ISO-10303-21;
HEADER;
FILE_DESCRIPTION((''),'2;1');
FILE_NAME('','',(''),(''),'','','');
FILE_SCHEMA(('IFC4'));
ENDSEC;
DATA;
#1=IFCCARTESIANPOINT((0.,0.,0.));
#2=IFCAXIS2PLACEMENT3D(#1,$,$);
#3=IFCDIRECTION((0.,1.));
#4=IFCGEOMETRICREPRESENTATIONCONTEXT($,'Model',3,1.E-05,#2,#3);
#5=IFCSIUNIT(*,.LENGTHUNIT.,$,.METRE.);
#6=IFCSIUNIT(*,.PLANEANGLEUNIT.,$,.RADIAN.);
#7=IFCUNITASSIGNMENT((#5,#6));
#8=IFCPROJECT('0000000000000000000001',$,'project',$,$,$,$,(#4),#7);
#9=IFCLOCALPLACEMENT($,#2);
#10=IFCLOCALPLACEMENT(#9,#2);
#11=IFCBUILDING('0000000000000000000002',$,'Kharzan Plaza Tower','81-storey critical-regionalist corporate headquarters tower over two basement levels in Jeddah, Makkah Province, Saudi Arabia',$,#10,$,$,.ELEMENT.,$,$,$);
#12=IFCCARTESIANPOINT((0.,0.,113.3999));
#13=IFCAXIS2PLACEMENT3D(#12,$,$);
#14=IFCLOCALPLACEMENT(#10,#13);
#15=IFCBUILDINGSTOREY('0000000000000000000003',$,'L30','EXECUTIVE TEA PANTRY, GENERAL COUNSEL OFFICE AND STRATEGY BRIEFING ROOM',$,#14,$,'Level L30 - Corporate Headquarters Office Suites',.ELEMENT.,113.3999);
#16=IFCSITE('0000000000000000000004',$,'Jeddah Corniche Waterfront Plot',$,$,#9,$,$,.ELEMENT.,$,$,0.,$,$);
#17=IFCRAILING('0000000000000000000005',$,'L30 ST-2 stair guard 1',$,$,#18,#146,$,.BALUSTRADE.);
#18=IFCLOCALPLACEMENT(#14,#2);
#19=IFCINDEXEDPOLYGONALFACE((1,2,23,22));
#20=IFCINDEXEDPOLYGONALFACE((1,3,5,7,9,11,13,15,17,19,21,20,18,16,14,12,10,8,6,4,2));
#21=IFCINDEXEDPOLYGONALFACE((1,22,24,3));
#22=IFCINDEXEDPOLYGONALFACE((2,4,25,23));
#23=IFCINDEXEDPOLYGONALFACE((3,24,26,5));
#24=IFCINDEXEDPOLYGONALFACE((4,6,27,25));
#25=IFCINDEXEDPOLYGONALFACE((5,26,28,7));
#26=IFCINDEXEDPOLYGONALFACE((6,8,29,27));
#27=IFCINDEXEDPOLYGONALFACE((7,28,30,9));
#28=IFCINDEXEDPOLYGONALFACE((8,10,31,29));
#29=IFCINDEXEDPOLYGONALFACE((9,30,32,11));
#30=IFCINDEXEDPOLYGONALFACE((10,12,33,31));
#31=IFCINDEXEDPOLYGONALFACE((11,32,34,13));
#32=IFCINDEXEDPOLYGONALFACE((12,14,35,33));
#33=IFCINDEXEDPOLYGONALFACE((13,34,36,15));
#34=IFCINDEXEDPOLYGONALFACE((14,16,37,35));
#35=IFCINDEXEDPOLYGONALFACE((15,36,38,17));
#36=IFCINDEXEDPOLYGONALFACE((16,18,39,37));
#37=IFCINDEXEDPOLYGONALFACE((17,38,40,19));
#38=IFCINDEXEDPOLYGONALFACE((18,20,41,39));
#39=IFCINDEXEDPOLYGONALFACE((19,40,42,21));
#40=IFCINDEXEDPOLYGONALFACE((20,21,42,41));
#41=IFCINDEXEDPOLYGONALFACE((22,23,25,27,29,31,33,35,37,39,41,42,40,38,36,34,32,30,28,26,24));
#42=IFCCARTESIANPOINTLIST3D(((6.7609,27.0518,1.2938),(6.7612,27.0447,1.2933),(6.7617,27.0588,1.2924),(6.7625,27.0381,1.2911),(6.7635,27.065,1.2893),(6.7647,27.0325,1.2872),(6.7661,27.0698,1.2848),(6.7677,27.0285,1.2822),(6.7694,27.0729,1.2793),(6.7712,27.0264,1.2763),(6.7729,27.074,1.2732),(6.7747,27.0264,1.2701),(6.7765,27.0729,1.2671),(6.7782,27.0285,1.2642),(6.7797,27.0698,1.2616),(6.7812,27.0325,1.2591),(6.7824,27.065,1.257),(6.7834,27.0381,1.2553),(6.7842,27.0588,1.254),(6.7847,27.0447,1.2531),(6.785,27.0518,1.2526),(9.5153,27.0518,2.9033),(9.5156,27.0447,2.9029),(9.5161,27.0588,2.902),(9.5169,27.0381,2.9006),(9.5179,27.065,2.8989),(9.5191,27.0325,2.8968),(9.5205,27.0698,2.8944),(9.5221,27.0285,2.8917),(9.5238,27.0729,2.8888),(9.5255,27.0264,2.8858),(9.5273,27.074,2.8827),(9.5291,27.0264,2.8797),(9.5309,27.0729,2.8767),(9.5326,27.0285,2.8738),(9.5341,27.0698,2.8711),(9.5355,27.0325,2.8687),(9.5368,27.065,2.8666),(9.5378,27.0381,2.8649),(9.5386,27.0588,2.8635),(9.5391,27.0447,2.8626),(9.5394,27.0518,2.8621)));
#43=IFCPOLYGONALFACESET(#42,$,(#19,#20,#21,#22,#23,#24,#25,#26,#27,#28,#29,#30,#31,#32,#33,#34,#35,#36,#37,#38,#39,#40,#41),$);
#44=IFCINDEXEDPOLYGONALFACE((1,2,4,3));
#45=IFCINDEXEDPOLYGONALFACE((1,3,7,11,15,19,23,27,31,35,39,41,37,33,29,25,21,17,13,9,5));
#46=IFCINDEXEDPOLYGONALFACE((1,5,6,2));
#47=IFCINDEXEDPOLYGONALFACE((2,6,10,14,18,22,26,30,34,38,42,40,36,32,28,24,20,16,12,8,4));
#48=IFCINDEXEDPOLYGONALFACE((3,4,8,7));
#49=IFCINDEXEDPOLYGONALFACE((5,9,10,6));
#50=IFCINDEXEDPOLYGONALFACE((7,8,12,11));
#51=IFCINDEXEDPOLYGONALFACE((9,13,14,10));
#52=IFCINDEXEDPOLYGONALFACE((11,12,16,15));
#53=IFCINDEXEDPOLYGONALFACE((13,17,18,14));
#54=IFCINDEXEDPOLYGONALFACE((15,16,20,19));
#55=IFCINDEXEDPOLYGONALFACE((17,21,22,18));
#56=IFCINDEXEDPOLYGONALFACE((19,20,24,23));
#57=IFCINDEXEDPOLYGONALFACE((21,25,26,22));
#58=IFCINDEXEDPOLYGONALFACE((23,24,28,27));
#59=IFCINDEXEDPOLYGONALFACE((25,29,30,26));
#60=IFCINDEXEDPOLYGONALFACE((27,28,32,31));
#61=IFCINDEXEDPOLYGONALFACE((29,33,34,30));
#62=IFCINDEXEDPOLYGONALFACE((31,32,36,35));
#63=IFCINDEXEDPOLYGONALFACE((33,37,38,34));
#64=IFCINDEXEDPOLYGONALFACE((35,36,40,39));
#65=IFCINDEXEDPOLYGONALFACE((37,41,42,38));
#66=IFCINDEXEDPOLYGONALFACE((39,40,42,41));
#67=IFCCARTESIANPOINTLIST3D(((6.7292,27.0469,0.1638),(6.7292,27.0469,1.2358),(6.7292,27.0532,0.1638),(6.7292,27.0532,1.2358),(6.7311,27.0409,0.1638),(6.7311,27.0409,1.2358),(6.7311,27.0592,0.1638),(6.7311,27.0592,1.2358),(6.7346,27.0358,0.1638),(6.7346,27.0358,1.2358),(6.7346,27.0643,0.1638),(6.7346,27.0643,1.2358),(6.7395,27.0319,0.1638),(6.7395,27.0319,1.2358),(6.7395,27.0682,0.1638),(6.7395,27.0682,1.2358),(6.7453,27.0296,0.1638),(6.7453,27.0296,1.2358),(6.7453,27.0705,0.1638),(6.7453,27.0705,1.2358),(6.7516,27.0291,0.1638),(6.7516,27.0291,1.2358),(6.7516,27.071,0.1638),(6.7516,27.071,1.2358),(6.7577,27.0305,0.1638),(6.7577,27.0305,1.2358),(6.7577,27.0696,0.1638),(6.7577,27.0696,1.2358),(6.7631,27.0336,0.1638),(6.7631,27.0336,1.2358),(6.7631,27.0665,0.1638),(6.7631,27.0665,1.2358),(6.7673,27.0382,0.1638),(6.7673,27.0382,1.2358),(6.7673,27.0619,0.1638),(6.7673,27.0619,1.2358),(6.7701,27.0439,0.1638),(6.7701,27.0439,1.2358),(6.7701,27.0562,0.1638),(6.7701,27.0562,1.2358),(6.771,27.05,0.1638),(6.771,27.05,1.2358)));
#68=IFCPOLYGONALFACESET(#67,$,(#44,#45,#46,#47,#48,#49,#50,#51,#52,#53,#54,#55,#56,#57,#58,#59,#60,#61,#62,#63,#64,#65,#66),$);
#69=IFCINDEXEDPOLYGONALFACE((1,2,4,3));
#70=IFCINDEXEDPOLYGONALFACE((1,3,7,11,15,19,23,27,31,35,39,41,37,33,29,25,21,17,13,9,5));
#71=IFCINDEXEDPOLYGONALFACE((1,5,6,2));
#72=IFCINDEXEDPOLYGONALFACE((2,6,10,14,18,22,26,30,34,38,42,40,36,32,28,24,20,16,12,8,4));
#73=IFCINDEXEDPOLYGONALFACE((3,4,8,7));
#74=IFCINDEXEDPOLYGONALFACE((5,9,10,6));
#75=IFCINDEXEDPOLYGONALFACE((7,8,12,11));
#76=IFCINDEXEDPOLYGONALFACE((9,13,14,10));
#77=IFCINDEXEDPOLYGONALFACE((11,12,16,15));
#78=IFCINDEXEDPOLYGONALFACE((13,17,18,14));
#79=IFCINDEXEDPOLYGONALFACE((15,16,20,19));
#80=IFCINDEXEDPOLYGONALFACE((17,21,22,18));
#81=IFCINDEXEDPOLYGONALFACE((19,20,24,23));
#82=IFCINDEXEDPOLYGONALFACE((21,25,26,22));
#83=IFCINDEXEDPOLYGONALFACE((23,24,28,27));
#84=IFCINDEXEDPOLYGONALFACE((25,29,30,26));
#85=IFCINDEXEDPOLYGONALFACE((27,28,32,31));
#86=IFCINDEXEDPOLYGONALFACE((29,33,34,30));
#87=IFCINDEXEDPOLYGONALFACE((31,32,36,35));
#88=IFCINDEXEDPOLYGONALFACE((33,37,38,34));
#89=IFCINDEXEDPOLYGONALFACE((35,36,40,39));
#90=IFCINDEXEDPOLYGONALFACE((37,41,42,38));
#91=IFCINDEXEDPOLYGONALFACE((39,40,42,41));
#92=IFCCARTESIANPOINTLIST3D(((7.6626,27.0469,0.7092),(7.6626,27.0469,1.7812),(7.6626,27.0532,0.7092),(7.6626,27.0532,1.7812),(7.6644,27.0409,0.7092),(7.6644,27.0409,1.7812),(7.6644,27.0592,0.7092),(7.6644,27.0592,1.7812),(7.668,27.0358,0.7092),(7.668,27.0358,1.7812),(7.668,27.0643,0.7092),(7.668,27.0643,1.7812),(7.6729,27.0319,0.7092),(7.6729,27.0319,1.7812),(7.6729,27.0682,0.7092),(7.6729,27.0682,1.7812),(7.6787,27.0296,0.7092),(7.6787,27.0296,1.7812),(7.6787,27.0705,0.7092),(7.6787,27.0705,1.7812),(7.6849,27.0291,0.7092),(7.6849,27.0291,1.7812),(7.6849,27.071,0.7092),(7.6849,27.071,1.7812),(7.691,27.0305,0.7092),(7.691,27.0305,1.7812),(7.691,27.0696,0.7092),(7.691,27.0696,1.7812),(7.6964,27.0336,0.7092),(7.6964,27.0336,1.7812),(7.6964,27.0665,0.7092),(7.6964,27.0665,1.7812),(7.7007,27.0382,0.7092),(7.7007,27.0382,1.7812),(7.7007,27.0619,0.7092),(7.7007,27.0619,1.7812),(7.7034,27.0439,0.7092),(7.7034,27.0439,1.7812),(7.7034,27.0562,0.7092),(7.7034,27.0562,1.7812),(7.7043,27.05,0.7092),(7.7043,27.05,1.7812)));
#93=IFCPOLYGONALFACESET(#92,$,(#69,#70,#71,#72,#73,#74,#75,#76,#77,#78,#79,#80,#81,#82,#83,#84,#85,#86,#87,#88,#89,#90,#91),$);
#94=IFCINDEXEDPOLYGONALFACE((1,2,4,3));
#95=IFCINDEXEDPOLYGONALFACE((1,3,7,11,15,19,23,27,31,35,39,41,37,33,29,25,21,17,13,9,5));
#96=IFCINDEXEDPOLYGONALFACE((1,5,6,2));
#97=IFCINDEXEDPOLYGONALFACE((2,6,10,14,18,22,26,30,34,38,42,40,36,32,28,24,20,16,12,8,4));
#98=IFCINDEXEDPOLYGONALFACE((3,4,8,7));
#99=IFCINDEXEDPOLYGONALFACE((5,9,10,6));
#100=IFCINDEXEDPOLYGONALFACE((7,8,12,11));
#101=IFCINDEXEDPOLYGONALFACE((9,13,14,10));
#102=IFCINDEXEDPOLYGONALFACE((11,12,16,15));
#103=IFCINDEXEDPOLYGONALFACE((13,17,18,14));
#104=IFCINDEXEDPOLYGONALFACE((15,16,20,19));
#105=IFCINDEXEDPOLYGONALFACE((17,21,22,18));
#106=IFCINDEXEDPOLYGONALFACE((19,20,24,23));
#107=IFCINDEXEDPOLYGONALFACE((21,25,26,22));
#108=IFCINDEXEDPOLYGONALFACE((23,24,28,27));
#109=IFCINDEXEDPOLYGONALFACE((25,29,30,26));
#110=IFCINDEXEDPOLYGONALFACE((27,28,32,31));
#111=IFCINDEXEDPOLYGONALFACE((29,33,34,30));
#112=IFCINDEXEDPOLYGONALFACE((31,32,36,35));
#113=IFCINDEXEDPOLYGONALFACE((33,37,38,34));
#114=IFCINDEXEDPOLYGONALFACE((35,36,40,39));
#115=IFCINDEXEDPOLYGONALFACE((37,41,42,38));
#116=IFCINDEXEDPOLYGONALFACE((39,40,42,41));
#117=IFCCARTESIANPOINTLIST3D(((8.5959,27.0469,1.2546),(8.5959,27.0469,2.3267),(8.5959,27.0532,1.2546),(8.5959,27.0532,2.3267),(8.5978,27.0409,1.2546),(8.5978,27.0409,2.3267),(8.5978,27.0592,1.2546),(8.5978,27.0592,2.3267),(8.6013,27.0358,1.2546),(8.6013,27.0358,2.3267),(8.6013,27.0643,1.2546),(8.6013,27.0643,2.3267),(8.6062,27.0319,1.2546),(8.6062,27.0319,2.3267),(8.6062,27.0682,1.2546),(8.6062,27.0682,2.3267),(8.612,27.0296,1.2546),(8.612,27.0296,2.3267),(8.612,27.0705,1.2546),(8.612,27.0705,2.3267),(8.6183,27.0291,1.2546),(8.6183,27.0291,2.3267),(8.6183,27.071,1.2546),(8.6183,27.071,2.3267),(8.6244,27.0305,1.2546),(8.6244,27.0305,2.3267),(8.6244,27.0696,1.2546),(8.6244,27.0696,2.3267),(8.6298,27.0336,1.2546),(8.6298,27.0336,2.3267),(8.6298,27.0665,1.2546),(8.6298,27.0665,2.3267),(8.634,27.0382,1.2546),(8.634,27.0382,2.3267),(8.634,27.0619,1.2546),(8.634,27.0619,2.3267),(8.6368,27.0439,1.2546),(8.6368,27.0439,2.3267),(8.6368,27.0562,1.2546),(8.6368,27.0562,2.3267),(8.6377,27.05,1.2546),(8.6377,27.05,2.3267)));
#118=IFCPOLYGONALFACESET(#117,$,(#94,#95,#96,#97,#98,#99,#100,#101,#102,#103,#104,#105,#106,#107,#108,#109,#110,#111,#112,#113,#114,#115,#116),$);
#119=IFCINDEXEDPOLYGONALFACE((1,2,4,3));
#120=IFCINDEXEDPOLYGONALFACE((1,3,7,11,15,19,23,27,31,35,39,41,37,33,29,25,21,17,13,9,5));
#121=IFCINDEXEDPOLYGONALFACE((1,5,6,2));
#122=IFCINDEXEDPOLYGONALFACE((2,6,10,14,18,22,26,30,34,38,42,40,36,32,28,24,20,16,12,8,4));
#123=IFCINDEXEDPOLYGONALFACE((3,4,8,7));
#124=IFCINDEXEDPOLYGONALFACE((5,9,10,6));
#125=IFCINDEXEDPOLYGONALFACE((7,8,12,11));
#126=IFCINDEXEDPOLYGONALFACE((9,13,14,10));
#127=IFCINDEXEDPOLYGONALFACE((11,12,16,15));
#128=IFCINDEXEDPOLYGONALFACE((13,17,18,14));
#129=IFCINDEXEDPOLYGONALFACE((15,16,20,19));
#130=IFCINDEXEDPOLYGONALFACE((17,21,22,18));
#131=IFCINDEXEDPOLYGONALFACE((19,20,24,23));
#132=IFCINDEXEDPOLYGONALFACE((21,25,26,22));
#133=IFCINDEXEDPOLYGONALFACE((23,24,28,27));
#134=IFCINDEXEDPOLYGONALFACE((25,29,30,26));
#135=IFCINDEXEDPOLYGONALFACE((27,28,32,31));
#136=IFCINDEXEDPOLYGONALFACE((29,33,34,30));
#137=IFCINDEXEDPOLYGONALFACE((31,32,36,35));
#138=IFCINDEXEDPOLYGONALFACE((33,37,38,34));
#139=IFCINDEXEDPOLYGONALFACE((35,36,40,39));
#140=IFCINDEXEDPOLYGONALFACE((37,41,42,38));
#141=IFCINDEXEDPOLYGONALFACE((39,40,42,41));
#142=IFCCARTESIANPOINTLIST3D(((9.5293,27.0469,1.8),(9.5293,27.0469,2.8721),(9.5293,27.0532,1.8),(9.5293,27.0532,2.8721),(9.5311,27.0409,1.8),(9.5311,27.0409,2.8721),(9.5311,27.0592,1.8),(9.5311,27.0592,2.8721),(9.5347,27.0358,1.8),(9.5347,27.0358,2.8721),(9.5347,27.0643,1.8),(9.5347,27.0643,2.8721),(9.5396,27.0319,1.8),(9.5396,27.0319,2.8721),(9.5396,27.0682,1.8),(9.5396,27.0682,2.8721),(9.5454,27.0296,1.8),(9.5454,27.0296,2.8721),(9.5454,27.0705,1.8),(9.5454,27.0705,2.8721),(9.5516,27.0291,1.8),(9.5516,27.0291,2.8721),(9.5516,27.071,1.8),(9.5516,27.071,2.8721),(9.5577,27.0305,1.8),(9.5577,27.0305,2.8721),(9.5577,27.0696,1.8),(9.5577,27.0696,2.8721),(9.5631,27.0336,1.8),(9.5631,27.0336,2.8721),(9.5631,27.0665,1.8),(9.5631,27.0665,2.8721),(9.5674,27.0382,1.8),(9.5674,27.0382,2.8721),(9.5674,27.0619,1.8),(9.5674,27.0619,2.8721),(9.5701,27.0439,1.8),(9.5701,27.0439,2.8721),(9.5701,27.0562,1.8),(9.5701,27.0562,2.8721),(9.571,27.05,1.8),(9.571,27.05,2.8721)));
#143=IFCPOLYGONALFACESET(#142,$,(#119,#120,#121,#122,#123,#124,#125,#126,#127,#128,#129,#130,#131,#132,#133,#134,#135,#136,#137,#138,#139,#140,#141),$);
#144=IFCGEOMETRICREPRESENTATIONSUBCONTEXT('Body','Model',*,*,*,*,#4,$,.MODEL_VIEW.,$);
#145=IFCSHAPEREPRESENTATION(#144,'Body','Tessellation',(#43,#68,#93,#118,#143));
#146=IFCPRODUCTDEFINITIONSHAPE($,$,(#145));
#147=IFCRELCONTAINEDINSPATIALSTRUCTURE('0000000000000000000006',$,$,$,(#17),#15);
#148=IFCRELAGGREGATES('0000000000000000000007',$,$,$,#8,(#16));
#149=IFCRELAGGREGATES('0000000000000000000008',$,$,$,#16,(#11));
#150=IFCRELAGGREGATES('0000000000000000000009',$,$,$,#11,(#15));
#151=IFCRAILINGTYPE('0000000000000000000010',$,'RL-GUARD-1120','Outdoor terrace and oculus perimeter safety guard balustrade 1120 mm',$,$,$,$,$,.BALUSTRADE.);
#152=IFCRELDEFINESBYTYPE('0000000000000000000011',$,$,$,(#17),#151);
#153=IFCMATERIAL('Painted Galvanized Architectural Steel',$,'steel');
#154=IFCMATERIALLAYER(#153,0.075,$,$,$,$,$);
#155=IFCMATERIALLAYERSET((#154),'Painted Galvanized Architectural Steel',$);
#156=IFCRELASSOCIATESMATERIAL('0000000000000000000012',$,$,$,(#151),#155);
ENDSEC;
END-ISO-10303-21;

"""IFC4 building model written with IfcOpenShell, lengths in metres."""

from ifc_helpers import new_model, si_unit, direction, frame, origin, origin_2d, place, context, subcontext, project, spatial, circle, extrude, source, transform, mapped, material, layer, layer_set, type_object, element, save


model = new_model("IFC4")

# Units and contexts
model_context = context("Model", 3, precision=1e-05, world=origin(), true_north=direction((0.0, 1.0)))
body_context = subcontext(model_context, "Body", "Model", "MODEL_VIEW")
ifc_project = project(units=[si_unit("LENGTHUNIT", "METRE"), si_unit("PLANEANGLEUNIT", "RADIAN")], contexts=[model_context])

# Site, building, storey
site_placement = place(None, origin())
site = spatial("IfcSite", under=ifc_project, at=site_placement, Name="Jeddah Corniche Waterfront Plot", CompositionType="ELEMENT", RefElevation=0.0)
building_placement = place(site_placement, origin())
building = spatial("IfcBuilding", under=site, at=building_placement, Name="Kharzan Plaza Tower", Description="81-storey critical-regionalist corporate headquarters tower over two basement levels in Jeddah, Makkah Province, Saudi Arabia", CompositionType="ELEMENT")
storey_placement = place(building_placement, frame((0.0, 0.0, 113.3999)))
storey = spatial("IfcBuildingStorey", under=building, at=storey_placement, Name="L30", Description="EXECUTIVE TEA PANTRY, GENERAL COUNSEL OFFICE AND STRATEGY BRIEFING ROOM", LongName="Level L30 - Corporate Headquarters Office Suites", CompositionType="ELEMENT", Elevation=113.3999)

# Railing
ifc_material_1 = material(Name="Painted Galvanized Architectural Steel", Category="steel")
ifc_layer_1 = layer(ifc_material_1, 0.075)
ifc_layer_set_1 = layer_set([ifc_layer_1], Name="Painted Galvanized Architectural Steel")
railing_type_1 = type_object("IfcRailingType", Name="RL-GUARD-1120", Description="Outdoor terrace and oculus perimeter safety guard balustrade 1120 mm", PredefinedType="BALUSTRADE", material=ifc_layer_set_1)
shared_shape_1 = source(origin(), body_context, "Body", "SweptSolid", [
    extrude(circle(Radius=0.0239, at=origin_2d()), frame((0.0229, 0.0, 1.1094), z_axis=(0.863394, 0.0, 0.504531), x_axis=(0.0, 1.0, 0.0)), (0.0, 0.0, 1.0), 3.1902),
    extrude(circle(Radius=0.021, at=origin_2d()), origin(), (0.0, 0.0, 1.0), 1.072),
    extrude(circle(Radius=0.021, at=origin_2d()), frame((0.9333, 0.0, 0.5454)), (0.0, 0.0, 1.0), 1.072),
    extrude(circle(Radius=0.021, at=origin_2d()), frame((1.8667, 0.0, 1.0908)), (0.0, 0.0, 1.0), 1.072),
    extrude(circle(Radius=0.021, at=origin_2d()), frame((2.8, 0.0, 1.6362)), (0.0, 0.0, 1.0), 1.072),
])
railing_1_placement = place(storey_placement, frame((6.75, 27.05, 0.1638)))
element("IfcRailing", 1, at=railing_1_placement, inside=storey, type_object=railing_type_1, Name="L30 ST-2 stair guard 1", PredefinedType="BALUSTRADE", context=body_context, shape_type="MappedRepresentation", body=[
    mapped(shared_shape_1, transform((0.0, 0.0, 0.0), x_axis=(1.0, 0.0, 0.0), y_axis=(0.0, 1.0, 0.0), z_axis=(0.0, 0.0, 1.0))),
])

save(model, "model.ifc")
